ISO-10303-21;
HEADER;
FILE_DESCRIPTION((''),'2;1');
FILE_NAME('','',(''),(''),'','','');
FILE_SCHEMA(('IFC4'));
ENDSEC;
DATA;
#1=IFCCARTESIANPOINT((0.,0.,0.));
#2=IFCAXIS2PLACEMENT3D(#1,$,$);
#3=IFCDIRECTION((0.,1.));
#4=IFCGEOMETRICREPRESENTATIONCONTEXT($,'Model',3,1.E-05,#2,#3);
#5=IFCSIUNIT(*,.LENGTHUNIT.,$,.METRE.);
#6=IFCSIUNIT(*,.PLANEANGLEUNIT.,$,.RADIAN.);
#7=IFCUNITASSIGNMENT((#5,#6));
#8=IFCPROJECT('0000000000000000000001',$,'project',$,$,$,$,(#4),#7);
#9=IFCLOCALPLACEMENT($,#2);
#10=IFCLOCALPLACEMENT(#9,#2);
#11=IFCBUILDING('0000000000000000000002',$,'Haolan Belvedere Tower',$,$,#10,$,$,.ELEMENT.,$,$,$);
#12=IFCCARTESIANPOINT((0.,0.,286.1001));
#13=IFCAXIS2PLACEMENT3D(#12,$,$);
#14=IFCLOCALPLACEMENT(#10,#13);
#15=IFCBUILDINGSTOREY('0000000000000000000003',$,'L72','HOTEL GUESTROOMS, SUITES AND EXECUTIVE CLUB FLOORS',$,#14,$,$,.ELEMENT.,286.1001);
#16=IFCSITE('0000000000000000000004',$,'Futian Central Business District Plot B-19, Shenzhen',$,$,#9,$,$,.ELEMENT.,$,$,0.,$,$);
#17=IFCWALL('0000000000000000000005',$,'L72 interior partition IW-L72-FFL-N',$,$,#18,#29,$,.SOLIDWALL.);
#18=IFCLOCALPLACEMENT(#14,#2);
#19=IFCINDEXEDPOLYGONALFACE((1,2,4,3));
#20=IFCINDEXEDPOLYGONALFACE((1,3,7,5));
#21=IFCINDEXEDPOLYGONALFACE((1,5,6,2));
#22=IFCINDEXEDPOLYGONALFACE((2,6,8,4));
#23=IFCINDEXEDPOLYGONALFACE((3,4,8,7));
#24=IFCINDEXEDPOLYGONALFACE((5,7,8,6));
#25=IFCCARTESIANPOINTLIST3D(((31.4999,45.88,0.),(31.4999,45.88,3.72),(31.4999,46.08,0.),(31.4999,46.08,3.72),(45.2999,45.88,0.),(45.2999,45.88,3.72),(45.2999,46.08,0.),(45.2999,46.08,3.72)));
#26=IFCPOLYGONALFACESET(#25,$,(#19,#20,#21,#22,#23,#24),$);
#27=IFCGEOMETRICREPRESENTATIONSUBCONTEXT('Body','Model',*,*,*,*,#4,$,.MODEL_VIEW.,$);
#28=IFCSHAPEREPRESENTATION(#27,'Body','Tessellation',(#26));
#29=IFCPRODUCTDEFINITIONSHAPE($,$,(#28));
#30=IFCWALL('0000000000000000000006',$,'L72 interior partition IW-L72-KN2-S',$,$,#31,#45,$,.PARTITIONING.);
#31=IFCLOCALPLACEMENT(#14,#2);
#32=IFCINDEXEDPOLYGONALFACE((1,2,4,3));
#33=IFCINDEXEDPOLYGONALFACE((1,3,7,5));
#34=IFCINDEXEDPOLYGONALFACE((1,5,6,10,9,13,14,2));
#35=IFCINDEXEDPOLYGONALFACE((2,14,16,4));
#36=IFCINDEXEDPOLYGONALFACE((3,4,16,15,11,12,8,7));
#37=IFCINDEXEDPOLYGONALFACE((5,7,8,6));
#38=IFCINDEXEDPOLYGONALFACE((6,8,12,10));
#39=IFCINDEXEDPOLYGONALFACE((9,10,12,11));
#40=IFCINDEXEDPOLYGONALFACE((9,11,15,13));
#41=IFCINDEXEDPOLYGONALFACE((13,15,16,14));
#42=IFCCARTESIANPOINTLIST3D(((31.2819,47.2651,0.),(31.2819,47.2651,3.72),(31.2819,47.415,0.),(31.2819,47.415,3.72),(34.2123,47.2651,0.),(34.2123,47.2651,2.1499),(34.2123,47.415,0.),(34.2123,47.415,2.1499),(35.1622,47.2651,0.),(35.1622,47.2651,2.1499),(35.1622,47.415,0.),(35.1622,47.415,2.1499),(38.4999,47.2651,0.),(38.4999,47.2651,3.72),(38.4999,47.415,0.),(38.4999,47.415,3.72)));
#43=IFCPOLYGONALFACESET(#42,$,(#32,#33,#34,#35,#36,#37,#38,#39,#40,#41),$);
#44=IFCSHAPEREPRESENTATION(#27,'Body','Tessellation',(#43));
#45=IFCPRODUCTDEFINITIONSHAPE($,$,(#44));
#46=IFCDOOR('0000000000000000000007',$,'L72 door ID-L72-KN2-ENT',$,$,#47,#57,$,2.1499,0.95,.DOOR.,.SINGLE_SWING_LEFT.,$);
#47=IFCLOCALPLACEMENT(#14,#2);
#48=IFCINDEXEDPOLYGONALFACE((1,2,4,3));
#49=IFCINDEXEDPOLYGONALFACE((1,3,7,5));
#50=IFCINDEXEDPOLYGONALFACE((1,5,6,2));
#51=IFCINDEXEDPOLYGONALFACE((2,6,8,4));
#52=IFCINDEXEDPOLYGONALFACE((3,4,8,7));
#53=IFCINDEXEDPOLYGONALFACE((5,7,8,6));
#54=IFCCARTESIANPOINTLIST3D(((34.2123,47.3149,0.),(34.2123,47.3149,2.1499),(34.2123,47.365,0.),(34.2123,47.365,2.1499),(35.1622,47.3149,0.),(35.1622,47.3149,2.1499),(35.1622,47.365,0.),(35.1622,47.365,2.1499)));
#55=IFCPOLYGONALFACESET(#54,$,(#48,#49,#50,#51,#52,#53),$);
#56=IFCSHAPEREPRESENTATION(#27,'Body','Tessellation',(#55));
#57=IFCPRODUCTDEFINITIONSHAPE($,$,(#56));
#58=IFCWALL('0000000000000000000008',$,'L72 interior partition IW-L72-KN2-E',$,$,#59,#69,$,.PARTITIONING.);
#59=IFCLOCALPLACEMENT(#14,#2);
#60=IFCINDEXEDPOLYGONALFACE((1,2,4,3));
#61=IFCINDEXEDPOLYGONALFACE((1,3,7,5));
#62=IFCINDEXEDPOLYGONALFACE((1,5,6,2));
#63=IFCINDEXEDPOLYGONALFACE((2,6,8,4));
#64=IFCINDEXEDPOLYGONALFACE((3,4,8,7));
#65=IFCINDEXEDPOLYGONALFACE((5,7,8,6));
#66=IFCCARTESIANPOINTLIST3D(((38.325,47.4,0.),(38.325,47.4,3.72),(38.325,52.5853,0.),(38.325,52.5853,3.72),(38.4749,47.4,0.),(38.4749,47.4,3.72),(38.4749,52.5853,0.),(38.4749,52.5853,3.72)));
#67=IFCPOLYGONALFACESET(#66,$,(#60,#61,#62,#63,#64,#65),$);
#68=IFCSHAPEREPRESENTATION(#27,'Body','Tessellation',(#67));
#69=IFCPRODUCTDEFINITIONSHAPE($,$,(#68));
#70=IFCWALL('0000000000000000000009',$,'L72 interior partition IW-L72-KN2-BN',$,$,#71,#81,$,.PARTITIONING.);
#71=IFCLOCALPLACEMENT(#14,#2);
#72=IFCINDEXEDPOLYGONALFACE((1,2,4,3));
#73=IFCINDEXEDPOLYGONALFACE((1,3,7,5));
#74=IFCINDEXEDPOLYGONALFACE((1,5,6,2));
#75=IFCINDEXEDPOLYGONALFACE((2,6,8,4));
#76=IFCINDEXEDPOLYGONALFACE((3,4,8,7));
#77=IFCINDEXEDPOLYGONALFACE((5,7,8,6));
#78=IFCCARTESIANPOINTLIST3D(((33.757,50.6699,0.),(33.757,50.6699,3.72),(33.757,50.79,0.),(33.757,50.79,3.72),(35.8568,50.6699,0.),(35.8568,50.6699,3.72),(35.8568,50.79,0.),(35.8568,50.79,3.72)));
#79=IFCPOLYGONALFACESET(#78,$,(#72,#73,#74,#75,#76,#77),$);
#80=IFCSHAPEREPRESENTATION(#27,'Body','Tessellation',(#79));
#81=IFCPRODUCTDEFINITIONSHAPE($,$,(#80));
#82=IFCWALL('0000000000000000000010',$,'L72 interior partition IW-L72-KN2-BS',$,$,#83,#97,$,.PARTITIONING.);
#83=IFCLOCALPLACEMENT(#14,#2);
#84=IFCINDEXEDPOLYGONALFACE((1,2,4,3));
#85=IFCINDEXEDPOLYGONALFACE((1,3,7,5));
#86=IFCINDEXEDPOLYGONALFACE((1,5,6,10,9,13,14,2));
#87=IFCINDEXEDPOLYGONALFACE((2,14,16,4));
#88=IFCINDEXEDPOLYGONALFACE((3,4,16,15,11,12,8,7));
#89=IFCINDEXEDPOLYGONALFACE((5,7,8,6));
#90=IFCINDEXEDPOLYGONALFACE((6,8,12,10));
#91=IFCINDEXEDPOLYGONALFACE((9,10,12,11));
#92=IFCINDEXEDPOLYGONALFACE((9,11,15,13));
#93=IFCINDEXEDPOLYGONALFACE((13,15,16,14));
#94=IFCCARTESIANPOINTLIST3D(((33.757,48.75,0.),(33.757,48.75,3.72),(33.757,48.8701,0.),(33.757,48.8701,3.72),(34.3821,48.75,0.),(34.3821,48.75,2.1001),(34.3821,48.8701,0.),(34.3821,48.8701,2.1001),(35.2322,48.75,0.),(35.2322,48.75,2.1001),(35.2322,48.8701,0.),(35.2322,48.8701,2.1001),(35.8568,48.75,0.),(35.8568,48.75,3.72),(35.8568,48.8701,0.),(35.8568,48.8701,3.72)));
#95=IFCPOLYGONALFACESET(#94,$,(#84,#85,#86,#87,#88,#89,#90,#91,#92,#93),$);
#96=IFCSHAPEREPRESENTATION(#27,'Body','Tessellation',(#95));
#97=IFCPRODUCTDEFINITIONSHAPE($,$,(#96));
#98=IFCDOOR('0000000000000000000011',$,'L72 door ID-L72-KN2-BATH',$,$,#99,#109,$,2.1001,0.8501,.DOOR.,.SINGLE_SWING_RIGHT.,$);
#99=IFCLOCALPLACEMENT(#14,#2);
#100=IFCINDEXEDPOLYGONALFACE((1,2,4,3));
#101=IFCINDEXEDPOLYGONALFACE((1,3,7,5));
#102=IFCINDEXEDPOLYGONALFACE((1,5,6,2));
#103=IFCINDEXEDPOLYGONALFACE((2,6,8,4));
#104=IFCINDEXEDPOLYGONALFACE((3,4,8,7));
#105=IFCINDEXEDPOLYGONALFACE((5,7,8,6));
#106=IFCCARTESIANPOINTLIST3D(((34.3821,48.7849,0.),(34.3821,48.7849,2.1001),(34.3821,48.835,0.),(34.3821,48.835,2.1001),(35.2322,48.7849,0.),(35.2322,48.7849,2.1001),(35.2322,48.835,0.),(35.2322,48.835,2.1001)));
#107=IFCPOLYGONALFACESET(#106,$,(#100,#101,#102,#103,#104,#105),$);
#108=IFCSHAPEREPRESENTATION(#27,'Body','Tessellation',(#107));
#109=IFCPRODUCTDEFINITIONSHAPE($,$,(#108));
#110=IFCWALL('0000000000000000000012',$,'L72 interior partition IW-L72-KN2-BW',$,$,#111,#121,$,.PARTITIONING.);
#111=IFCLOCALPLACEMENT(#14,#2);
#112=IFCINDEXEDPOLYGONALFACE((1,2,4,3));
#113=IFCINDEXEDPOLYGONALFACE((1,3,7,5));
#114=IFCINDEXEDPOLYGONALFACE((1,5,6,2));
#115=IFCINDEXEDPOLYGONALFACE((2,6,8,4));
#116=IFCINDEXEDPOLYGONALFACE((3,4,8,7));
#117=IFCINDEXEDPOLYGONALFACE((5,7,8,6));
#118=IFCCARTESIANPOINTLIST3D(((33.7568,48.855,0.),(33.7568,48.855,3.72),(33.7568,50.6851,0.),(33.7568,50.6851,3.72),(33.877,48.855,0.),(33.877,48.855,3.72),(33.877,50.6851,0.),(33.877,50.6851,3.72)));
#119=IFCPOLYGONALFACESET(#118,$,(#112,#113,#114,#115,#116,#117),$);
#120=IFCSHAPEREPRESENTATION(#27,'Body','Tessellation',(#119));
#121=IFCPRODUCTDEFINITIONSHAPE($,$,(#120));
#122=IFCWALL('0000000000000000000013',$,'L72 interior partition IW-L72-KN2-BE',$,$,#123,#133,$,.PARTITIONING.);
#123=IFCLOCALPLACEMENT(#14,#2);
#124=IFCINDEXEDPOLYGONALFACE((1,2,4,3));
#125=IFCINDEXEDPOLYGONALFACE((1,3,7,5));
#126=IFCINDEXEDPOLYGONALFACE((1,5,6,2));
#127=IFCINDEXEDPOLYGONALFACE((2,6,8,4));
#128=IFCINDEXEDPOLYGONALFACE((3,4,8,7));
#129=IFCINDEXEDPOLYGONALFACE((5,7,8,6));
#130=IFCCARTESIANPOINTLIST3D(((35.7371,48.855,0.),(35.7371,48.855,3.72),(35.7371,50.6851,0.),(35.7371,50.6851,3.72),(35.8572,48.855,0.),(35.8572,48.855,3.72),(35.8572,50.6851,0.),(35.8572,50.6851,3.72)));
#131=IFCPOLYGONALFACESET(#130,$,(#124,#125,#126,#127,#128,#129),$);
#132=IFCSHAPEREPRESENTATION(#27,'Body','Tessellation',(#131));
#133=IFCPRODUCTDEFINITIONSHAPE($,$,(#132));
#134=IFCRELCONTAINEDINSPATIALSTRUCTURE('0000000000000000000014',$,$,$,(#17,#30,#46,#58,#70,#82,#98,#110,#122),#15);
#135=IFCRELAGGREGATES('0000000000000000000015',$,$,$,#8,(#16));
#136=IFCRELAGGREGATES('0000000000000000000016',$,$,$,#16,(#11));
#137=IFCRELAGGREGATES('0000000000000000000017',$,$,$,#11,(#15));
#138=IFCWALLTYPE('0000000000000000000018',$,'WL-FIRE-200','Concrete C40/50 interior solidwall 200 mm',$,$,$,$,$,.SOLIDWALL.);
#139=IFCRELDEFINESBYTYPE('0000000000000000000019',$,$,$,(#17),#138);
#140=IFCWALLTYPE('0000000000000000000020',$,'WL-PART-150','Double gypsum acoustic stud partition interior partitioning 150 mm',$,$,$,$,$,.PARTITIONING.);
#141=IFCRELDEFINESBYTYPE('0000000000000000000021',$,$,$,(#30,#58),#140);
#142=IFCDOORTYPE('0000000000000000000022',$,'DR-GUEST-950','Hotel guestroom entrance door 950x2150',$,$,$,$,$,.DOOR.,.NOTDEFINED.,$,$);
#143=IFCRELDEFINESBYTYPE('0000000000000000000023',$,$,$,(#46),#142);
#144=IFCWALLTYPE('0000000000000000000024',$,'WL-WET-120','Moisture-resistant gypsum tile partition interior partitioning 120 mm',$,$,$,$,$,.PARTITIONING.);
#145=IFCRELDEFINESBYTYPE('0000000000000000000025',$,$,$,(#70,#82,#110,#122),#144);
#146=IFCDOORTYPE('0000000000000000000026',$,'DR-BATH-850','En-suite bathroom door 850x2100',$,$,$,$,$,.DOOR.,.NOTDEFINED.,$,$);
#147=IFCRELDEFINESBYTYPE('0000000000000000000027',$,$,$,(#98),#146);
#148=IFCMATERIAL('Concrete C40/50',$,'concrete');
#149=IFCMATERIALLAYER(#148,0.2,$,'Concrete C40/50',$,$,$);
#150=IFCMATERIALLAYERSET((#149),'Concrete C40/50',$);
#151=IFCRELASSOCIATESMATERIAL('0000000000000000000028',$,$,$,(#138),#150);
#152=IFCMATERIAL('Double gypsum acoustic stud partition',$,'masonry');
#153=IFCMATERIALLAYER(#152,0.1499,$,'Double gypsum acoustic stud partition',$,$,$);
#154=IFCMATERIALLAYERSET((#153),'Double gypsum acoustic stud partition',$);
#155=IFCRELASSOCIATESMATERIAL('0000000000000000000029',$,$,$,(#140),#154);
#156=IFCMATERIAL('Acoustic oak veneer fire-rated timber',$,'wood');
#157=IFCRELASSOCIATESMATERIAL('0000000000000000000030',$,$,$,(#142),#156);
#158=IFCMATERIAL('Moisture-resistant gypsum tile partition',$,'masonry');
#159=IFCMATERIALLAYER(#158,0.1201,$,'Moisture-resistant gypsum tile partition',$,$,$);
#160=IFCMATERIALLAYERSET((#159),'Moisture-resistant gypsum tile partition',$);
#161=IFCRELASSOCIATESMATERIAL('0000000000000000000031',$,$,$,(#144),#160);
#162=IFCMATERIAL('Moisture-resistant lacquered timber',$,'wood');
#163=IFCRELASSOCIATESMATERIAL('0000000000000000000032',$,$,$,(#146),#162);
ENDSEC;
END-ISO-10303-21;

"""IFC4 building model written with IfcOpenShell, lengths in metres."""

from ifc_helpers import new_model, si_unit, direction, frame, frame_2d, origin, place, context, subcontext, project, spatial, rectangle, extrude, material, layer, layer_set, type_object, element, fill, save


model = new_model("IFC4")

# Units and contexts
model_context = context("Model", 3, precision=1e-05, world=origin(), true_north=direction((0.0, 1.0)))
body_context = subcontext(model_context, "Body", "Model", "MODEL_VIEW")
ifc_project = project(units=[si_unit("LENGTHUNIT", "METRE"), si_unit("PLANEANGLEUNIT", "RADIAN")], contexts=[model_context])

# Site, building, storey
site_placement = place(None, origin())
site = spatial("IfcSite", under=ifc_project, at=site_placement, Name="Futian Central Business District Plot B-19, Shenzhen", CompositionType="ELEMENT", RefElevation=0.0)
building_placement = place(site_placement, origin())
building = spatial("IfcBuilding", under=site, at=building_placement, Name="Haolan Belvedere Tower", CompositionType="ELEMENT")
storey_placement = place(building_placement, frame((0.0, 0.0, 286.1001)))
storey = spatial("IfcBuildingStorey", under=building, at=storey_placement, Name="L72", Description="HOTEL GUESTROOMS, SUITES AND EXECUTIVE CLUB FLOORS", CompositionType="ELEMENT", Elevation=286.1001)

# Wall
ifc_material_1 = material(Name="Concrete C40/50", Category="concrete")
ifc_layer_1 = layer(ifc_material_1, 0.2, Name="Concrete C40/50")
ifc_layer_set_1 = layer_set([ifc_layer_1], Name="Concrete C40/50")
wall_type_1 = type_object("IfcWallType", Name="WL-FIRE-200", Description="Concrete C40/50 interior solidwall 200 mm", PredefinedType="SOLIDWALL", material=ifc_layer_set_1)
wall_1_placement = place(storey_placement, frame((31.5, 45.98, 0.0), z_axis=(0.0, 0.0, 1.0), x_axis=(1.0, 0.0, 0.0)))
element("IfcWall", 1, at=wall_1_placement, inside=storey, type_object=wall_type_1, Name="L72 interior partition IW-L72-FFL-N", PredefinedType="SOLIDWALL", context=body_context, shape_type="SweptSolid", body=[
    extrude(rectangle(XDim=13.8, YDim=0.2, at=frame_2d((6.8999, 0.0))), origin(), (0.0, 0.0, 1.0), 3.72),
])

# Wall, opening, door
ifc_material_2 = material(Name="Double gypsum acoustic stud partition", Category="masonry")
ifc_layer_2 = layer(ifc_material_2, 0.1499, Name="Double gypsum acoustic stud partition")
ifc_layer_set_2 = layer_set([ifc_layer_2], Name="Double gypsum acoustic stud partition")
wall_type_2 = type_object("IfcWallType", Name="WL-PART-150", Description="Double gypsum acoustic stud partition interior partitioning 150 mm", PredefinedType="PARTITIONING", material=ifc_layer_set_2)
wall_2_placement = place(storey_placement, frame((31.282, 47.3401, 0.0), z_axis=(0.0, 0.0, 1.0), x_axis=(1.0, 0.0, 0.0)))
wall_2 = element("IfcWall", 2, at=wall_2_placement, inside=storey, type_object=wall_type_2, Name="L72 interior partition IW-L72-KN2-S", PredefinedType="PARTITIONING", context=body_context, shape_type="SweptSolid", body=[
    extrude(rectangle(XDim=7.218, YDim=0.1499, at=frame_2d((3.6089, 0.0))), origin(), (0.0, 0.0, 1.0), 3.72),
])
opening_1_placement = place(wall_2_placement, frame((2.9302, 0.0, 0.0)))
opening_1 = element("IfcOpeningElement", 3, at=opening_1_placement, cuts=wall_2, PredefinedType="OPENING", context=body_context, shape_type="SweptSolid", body=[
    extrude(rectangle(XDim=0.95, YDim=2.1499, at=frame_2d((0.4751, 1.075))), frame((0.0, 0.085, 0.0), z_axis=(0.0, -1.0, 0.0), x_axis=(1.0, 0.0, 0.0)), (0.0, 0.0, 1.0), 0.1699),
])
ifc_material_3 = material(Name="Acoustic oak veneer fire-rated timber", Category="wood")
door_type_1 = type_object("IfcDoorType", Name="DR-GUEST-950", Description="Hotel guestroom entrance door 950x2150", OperationType="NOTDEFINED", PredefinedType="DOOR", material=ifc_material_3)
door_1_placement = place(opening_1_placement, origin())
door_1 = element("IfcDoor", 4, at=door_1_placement, inside=storey, type_object=door_type_1, Name="L72 door ID-L72-KN2-ENT", OperationType="SINGLE_SWING_LEFT", OverallHeight=2.1499, OverallWidth=0.95, PredefinedType="DOOR", context=body_context, shape_type="SweptSolid", body=[
    extrude(rectangle(XDim=0.95, YDim=2.1499, at=frame_2d((0.4751, 1.075))), frame((0.0, 0.0249, 0.0), z_axis=(0.0, -1.0, 0.0), x_axis=(1.0, 0.0, 0.0)), (0.0, 0.0, 1.0), 0.05),
])
fill(opening_1, door_1)

# Walls
wall_3_placement = place(storey_placement, frame((38.3999, 47.3999, 0.0), z_axis=(0.0, 0.0, 1.0), x_axis=(0.0, 1.0, 0.0)))
element("IfcWall", 5, at=wall_3_placement, inside=storey, type_object=wall_type_2, Name="L72 interior partition IW-L72-KN2-E", PredefinedType="PARTITIONING", context=body_context, shape_type="SweptSolid", body=[
    extrude(rectangle(XDim=5.1853, YDim=0.1499, at=frame_2d((2.5928, 0.0))), origin(), (0.0, 0.0, 1.0), 3.72),
])
ifc_material_4 = material(Name="Moisture-resistant gypsum tile partition", Category="masonry")
ifc_layer_3 = layer(ifc_material_4, 0.1201, Name="Moisture-resistant gypsum tile partition")
ifc_layer_set_3 = layer_set([ifc_layer_3], Name="Moisture-resistant gypsum tile partition")
wall_type_3 = type_object("IfcWallType", Name="WL-WET-120", Description="Moisture-resistant gypsum tile partition interior partitioning 120 mm", PredefinedType="PARTITIONING", material=ifc_layer_set_3)
wall_4_placement = place(storey_placement, frame((33.7571, 50.73, 0.0), z_axis=(0.0, 0.0, 1.0), x_axis=(1.0, 0.0, 0.0)))
element("IfcWall", 6, at=wall_4_placement, inside=storey, type_object=wall_type_3, Name="L72 interior partition IW-L72-KN2-BN", PredefinedType="PARTITIONING", context=body_context, shape_type="SweptSolid", body=[
    extrude(rectangle(XDim=2.0999, YDim=0.1201, at=frame_2d((1.0498, 0.0))), origin(), (0.0, 0.0, 1.0), 3.72),
])

# Wall, opening, door
wall_5_placement = place(storey_placement, frame((33.7571, 48.8101, 0.0), z_axis=(0.0, 0.0, 1.0), x_axis=(1.0, 0.0, 0.0)))
wall_5 = element("IfcWall", 7, at=wall_5_placement, inside=storey, type_object=wall_type_3, Name="L72 interior partition IW-L72-KN2-BS", PredefinedType="PARTITIONING", context=body_context, shape_type="SweptSolid", body=[
    extrude(rectangle(XDim=2.0999, YDim=0.1201, at=frame_2d((1.0498, 0.0))), origin(), (0.0, 0.0, 1.0), 3.72),
])
opening_2_placement = place(wall_5_placement, frame((0.625, 0.0, 0.0)))
opening_2 = element("IfcOpeningElement", 8, at=opening_2_placement, cuts=wall_5, PredefinedType="OPENING", context=body_context, shape_type="SweptSolid", body=[
    extrude(rectangle(XDim=0.8501, YDim=2.1001, at=frame_2d((0.425, 1.05))), frame((0.0, 0.0701, 0.0), z_axis=(0.0, -1.0, 0.0), x_axis=(1.0, 0.0, 0.0)), (0.0, 0.0, 1.0), 0.1401),
])
ifc_material_5 = material(Name="Moisture-resistant lacquered timber", Category="wood")
door_type_2 = type_object("IfcDoorType", Name="DR-BATH-850", Description="En-suite bathroom door 850x2100", OperationType="NOTDEFINED", PredefinedType="DOOR", material=ifc_material_5)
door_2_placement = place(opening_2_placement, origin())
door_2 = element("IfcDoor", 9, at=door_2_placement, inside=storey, type_object=door_type_2, Name="L72 door ID-L72-KN2-BATH", OperationType="SINGLE_SWING_RIGHT", OverallHeight=2.1001, OverallWidth=0.8501, PredefinedType="DOOR", context=body_context, shape_type="SweptSolid", body=[
    extrude(rectangle(XDim=0.8501, YDim=2.1001, at=frame_2d((0.425, 1.05))), frame((0.0, 0.0249, 0.0), z_axis=(0.0, -1.0, 0.0), x_axis=(1.0, 0.0, 0.0)), (0.0, 0.0, 1.0), 0.05),
])
fill(opening_2, door_2)

# Walls
for number, where, z_axis, x_axis, name in (
    (10, (33.8169, 48.855, 0.0), (0.0, 0.0, 1.0), (0.0, 1.0, 0.0), "L72 interior partition IW-L72-KN2-BW"),
    (11, (35.7971, 48.855, 0.0), (0.0, 0.0, 1.0), (0.0, 1.0, 0.0), "L72 interior partition IW-L72-KN2-BE"),
):
    element("IfcWall", number, at=place(storey_placement, frame(where, z_axis=z_axis, x_axis=x_axis)), inside=storey, type_object=wall_type_3, Name=name, PredefinedType="PARTITIONING", context=body_context, shape_type="SweptSolid", body=[
        extrude(rectangle(XDim=1.8301, YDim=0.1201, at=frame_2d((0.915, 0.0))), origin(), (0.0, 0.0, 1.0), 3.72),
    ])

save(model, "model.ifc")
